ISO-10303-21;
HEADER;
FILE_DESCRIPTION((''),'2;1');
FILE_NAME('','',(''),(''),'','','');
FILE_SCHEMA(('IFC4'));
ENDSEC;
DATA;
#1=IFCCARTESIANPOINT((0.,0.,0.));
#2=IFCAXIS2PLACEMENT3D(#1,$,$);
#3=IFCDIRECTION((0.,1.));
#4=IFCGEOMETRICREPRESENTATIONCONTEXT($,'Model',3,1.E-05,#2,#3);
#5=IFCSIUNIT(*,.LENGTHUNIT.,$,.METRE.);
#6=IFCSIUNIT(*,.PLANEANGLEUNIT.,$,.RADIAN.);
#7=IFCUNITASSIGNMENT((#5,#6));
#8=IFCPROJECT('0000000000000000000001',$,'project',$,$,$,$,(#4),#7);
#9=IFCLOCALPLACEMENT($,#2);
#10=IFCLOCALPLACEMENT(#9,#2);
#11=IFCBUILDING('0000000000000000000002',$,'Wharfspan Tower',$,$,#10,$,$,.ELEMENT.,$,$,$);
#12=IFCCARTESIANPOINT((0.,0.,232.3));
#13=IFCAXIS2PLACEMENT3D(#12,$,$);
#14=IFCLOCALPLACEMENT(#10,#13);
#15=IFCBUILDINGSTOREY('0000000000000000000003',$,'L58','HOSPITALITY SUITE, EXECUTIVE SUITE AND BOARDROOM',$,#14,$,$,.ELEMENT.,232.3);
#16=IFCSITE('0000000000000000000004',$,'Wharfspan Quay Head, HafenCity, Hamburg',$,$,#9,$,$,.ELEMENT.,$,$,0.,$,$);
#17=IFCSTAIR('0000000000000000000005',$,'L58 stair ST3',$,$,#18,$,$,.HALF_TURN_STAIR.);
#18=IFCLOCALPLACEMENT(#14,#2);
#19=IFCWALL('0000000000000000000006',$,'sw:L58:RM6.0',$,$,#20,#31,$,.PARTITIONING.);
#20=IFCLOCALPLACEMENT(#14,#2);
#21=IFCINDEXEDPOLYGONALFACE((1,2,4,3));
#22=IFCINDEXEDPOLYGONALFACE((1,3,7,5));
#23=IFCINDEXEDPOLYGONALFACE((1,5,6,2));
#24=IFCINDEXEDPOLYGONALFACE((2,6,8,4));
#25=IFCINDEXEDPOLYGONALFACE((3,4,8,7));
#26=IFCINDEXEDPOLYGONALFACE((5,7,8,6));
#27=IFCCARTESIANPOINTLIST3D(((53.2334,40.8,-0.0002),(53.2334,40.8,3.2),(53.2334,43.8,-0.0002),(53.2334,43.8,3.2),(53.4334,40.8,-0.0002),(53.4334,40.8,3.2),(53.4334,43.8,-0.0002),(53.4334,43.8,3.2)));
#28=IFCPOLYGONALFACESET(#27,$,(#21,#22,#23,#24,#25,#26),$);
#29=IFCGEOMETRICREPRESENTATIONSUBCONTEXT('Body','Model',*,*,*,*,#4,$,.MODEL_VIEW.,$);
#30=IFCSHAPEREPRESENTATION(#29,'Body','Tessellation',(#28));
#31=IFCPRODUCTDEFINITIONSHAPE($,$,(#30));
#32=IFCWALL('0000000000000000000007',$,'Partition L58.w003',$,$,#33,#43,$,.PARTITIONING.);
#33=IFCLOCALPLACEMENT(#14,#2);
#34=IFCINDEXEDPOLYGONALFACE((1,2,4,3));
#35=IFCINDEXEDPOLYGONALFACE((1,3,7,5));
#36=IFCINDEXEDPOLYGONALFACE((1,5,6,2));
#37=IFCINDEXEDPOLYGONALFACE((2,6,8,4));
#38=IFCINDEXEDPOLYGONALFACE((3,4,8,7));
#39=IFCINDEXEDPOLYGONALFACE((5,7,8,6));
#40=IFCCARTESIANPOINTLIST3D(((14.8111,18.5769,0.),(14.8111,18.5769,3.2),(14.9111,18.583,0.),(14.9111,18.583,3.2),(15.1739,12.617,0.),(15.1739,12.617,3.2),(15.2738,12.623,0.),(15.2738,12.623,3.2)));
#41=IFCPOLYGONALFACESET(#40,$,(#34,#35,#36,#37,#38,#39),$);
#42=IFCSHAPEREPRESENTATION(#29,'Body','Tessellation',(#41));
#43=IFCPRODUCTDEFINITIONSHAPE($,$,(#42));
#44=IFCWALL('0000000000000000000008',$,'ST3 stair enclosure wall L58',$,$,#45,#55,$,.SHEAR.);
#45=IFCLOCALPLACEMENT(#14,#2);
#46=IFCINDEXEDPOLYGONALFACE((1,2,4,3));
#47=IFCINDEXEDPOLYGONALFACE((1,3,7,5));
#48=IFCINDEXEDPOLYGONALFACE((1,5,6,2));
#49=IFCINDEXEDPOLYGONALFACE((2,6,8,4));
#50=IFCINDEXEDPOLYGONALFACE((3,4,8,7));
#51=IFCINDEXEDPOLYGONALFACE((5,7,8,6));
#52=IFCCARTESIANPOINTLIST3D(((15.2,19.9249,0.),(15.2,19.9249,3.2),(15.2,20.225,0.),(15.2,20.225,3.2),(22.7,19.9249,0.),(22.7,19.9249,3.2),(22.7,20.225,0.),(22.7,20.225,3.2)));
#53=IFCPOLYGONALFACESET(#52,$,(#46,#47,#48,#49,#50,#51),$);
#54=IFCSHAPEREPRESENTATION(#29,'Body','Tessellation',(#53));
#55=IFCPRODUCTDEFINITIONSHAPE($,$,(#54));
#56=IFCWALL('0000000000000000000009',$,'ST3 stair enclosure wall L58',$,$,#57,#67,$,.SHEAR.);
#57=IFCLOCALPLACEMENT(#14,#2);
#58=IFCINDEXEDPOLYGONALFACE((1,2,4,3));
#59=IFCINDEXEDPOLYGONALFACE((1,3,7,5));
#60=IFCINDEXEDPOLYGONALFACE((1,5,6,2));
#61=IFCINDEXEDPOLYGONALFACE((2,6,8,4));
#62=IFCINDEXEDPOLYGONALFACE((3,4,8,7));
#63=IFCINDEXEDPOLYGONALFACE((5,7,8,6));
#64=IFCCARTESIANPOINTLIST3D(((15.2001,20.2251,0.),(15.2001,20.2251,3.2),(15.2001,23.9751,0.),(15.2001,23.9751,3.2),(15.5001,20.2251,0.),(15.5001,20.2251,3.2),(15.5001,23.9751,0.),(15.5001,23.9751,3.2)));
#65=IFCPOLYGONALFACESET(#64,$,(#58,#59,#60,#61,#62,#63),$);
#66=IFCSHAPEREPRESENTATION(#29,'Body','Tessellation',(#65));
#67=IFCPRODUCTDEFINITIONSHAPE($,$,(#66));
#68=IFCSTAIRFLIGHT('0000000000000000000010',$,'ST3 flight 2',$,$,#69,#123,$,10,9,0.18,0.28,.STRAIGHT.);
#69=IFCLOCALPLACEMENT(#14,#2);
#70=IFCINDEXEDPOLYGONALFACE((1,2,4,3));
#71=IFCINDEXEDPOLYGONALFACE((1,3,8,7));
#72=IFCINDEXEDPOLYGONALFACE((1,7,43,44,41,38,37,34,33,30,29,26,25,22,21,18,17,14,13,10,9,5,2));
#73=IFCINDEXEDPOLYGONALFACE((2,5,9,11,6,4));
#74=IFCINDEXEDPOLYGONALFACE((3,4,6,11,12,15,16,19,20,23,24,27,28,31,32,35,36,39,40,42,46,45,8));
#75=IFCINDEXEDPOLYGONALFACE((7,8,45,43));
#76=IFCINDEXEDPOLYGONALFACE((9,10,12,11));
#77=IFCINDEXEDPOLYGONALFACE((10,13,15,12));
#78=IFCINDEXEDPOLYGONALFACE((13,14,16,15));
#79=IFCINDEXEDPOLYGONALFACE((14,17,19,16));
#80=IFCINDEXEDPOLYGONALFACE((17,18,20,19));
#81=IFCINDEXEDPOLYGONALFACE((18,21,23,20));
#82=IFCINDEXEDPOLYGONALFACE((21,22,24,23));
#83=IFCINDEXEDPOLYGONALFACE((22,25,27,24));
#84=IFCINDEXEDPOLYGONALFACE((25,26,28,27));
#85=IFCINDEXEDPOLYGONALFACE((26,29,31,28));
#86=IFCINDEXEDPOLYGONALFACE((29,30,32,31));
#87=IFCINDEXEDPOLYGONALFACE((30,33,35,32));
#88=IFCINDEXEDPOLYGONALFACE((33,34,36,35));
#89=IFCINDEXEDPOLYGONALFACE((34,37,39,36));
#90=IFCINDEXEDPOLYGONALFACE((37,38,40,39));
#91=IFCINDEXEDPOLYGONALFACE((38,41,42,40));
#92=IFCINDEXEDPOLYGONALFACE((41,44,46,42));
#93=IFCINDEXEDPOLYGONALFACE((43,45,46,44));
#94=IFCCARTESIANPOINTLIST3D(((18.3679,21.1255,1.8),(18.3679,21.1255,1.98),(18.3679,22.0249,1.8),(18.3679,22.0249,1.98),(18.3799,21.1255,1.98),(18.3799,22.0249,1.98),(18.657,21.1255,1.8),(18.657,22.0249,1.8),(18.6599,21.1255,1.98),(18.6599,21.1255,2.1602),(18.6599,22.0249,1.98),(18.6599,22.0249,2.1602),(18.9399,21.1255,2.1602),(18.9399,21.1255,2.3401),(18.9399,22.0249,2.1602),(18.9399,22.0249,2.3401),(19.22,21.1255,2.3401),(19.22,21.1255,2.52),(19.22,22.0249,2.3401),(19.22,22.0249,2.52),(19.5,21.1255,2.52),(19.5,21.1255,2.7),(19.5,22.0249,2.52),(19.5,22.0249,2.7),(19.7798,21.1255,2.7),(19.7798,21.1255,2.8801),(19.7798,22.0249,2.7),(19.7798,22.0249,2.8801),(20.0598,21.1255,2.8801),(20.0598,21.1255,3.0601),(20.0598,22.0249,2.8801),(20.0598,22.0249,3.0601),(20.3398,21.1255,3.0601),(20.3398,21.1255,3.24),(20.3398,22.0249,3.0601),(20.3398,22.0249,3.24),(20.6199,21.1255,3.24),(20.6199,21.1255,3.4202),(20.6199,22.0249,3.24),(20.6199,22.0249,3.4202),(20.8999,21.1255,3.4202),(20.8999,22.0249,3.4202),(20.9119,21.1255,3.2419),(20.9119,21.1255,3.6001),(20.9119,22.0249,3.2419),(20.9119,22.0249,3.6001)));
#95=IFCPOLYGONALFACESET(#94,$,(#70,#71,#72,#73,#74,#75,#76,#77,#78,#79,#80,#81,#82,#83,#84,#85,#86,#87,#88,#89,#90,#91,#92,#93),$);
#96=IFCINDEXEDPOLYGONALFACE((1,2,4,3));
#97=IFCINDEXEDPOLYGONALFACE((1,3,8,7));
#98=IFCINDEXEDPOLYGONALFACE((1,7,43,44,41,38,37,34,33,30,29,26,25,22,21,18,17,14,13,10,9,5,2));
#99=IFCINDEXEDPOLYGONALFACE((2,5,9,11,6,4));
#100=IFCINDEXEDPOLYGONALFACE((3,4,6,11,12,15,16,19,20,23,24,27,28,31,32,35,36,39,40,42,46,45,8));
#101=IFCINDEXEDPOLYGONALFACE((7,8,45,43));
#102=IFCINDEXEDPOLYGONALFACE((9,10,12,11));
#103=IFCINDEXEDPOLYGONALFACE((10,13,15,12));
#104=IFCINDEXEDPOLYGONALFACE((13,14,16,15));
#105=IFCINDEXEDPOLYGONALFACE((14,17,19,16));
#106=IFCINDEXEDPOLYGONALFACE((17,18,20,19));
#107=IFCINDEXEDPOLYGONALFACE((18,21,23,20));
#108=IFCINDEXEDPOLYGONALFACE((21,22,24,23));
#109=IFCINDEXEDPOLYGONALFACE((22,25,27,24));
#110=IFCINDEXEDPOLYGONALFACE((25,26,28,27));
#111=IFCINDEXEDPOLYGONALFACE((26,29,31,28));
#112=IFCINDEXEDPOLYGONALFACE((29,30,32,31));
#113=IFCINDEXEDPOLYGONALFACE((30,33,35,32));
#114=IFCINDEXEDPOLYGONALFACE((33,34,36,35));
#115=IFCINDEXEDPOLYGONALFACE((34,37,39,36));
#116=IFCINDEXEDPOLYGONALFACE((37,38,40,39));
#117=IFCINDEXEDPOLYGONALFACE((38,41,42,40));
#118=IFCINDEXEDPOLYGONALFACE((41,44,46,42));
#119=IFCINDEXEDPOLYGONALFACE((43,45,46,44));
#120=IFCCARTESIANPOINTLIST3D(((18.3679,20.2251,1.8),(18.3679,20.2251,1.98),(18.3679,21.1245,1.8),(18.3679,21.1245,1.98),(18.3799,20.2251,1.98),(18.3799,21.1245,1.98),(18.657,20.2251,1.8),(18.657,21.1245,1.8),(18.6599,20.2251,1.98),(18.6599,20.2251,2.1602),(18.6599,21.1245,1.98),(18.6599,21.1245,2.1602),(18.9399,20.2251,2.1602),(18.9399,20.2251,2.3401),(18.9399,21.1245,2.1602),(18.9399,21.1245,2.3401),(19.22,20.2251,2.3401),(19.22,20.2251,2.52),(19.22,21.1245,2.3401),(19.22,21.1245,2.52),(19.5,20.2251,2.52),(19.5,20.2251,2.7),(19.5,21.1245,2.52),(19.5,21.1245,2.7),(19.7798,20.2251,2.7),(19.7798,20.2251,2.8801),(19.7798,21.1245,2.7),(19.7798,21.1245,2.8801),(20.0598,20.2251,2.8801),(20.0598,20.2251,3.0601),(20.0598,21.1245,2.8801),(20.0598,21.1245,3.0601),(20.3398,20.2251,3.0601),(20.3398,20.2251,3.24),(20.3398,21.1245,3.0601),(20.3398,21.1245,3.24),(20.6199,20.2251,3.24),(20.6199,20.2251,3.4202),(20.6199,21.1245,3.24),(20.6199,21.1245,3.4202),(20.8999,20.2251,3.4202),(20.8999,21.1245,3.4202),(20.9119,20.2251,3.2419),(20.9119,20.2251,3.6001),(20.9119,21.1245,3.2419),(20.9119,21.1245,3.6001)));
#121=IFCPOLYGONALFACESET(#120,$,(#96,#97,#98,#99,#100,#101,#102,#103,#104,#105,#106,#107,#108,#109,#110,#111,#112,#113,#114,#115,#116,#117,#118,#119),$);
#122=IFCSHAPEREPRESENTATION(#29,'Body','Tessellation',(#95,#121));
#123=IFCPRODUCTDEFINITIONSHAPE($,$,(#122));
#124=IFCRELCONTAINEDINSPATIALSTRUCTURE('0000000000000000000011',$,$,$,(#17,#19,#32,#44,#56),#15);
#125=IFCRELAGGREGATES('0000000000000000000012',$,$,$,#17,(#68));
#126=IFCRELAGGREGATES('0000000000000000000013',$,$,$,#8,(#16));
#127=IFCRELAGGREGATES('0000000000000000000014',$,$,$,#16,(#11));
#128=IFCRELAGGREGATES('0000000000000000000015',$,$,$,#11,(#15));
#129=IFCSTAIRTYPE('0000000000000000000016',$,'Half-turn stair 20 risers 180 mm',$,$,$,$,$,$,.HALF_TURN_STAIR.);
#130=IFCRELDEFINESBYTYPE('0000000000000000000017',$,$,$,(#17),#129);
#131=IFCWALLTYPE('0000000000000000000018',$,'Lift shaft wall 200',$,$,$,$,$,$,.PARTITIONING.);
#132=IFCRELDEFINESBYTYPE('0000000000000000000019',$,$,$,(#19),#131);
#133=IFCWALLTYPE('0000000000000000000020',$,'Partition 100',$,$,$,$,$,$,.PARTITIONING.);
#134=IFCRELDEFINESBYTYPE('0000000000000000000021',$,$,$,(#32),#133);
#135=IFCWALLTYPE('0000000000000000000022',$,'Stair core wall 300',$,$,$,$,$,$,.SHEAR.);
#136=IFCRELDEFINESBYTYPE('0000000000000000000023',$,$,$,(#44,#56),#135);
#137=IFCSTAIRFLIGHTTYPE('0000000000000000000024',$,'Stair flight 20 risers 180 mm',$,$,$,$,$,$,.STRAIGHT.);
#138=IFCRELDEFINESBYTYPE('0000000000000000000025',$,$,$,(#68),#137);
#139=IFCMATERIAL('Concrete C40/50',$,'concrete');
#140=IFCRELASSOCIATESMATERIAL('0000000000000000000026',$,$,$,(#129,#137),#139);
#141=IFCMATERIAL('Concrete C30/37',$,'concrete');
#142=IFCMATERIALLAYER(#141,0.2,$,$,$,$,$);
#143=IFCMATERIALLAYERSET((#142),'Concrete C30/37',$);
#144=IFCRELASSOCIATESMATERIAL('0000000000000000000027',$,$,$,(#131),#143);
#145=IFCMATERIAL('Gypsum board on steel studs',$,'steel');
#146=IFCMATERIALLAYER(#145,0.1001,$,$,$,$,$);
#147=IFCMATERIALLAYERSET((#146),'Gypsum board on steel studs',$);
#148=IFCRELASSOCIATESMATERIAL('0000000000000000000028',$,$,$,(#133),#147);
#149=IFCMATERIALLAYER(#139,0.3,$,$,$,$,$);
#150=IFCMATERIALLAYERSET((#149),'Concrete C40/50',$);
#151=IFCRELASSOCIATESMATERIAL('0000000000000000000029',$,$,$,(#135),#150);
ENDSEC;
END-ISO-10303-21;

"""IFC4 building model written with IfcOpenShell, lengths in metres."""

from ifc_helpers import new_model, si_unit, direction, frame, frame_2d, origin, place, context, subcontext, project, spatial, polyline, rectangle, outline, extrude, material, layer, layer_set, type_object, element, aggregate, save


model = new_model("IFC4")

# Units and contexts
model_context = context("Model", 3, precision=1e-05, world=origin(), true_north=direction((0.0, 1.0)))
body_context = subcontext(model_context, "Body", "Model", "MODEL_VIEW")
ifc_project = project(units=[si_unit("LENGTHUNIT", "METRE"), si_unit("PLANEANGLEUNIT", "RADIAN")], contexts=[model_context])

# Site, building, storey
site_placement = place(None, origin())
site = spatial("IfcSite", under=ifc_project, at=site_placement, Name="Wharfspan Quay Head, HafenCity, Hamburg", CompositionType="ELEMENT", RefElevation=0.0)
building_placement = place(site_placement, origin())
building = spatial("IfcBuilding", under=site, at=building_placement, Name="Wharfspan Tower", CompositionType="ELEMENT")
storey_placement = place(building_placement, frame((0.0, 0.0, 232.3)))
storey = spatial("IfcBuildingStorey", under=building, at=storey_placement, Name="L58", Description="HOSPITALITY SUITE, EXECUTIVE SUITE AND BOARDROOM", CompositionType="ELEMENT", Elevation=232.3)

# Shared definitions
ifc_material_1 = material(Name="Concrete C40/50", Category="concrete")

# Stair
stair_type = type_object("IfcStairType", Name="Half-turn stair 20 risers 180 mm", PredefinedType="HALF_TURN_STAIR", material=ifc_material_1)
stair_1_placement = place(storey_placement, origin())
stair_1 = element("IfcStair", 1, at=stair_1_placement, inside=storey, type_object=stair_type, Name="L58 stair ST3", PredefinedType="HALF_TURN_STAIR")

# Walls
ifc_material_2 = material(Name="Concrete C30/37", Category="concrete")
ifc_layer_1 = layer(ifc_material_2, 0.2)
ifc_layer_set_1 = layer_set([ifc_layer_1], Name="Concrete C30/37")
wall_type_1 = type_object("IfcWallType", Name="Lift shaft wall 200", PredefinedType="PARTITIONING", material=ifc_layer_set_1)
wall_1_placement = place(storey_placement, frame((0.0, 0.0, -0.0002)))
element("IfcWall", 2, at=wall_1_placement, inside=storey, type_object=wall_type_1, Name="sw:L58:RM6.0", PredefinedType="PARTITIONING", context=body_context, shape_type="SweptSolid", body=[
    extrude(outline(polyline([(53.4333, 40.8), (53.4333, 43.8), (53.2334, 43.8), (53.2334, 40.8), (53.4333, 40.8)])), origin(), (0.0, 0.0, 1.0), 3.2002),
])
ifc_material_3 = material(Name="Gypsum board on steel studs", Category="steel")
ifc_layer_2 = layer(ifc_material_3, 0.1001)
ifc_layer_set_2 = layer_set([ifc_layer_2], Name="Gypsum board on steel studs")
wall_type_2 = type_object("IfcWallType", Name="Partition 100", PredefinedType="PARTITIONING", material=ifc_layer_set_2)
wall_2_placement = place(storey_placement, frame((15.2239, 12.6201, 0.0), z_axis=(0.0, 0.0, 1.0), x_axis=(-0.060759, 0.998149, 0.0)))
element("IfcWall", 3, at=wall_2_placement, inside=storey, type_object=wall_type_2, Name="Partition L58.w003", PredefinedType="PARTITIONING", context=body_context, shape_type="SweptSolid", body=[
    extrude(rectangle(XDim=5.9709, YDim=0.1001, at=frame_2d((2.9854, 0.0))), origin(), (0.0, 0.0, 1.0), 3.2),
])
ifc_layer_3 = layer(ifc_material_1, 0.3)
ifc_layer_set_3 = layer_set([ifc_layer_3], Name="Concrete C40/50")
wall_type_3 = type_object("IfcWallType", Name="Stair core wall 300", PredefinedType="SHEAR", material=ifc_layer_set_3)
wall_3_placement = place(storey_placement, frame((15.2, 20.075, 0.0), z_axis=(0.0, 0.0, 1.0), x_axis=(1.0, 0.0, 0.0)))
element("IfcWall", 4, at=wall_3_placement, inside=storey, type_object=wall_type_3, Name="ST3 stair enclosure wall L58", PredefinedType="SHEAR", context=body_context, shape_type="SweptSolid", body=[
    extrude(rectangle(XDim=7.5, YDim=0.3, at=frame_2d((3.75, 0.0))), origin(), (0.0, 0.0, 1.0), 3.2),
])
wall_4_placement = place(storey_placement, frame((15.3501, 20.2251, 0.0), z_axis=(0.0, 0.0, 1.0), x_axis=(0.0, 1.0, 0.0)))
element("IfcWall", 5, at=wall_4_placement, inside=storey, type_object=wall_type_3, Name="ST3 stair enclosure wall L58", PredefinedType="SHEAR", context=body_context, shape_type="SweptSolid", body=[
    extrude(rectangle(XDim=3.75, YDim=0.3, at=frame_2d((1.875, 0.0))), origin(), (0.0, 0.0, 1.0), 3.2),
])

# Stair flight
stair_flight_type = type_object("IfcStairFlightType", Name="Stair flight 20 risers 180 mm", PredefinedType="STRAIGHT", material=ifc_material_1)
stair_flight_placement = place(storey_placement, frame((18.3799, 21.125, 1.8), z_axis=(0.0, 0.0, 1.0), x_axis=(1.0, 0.0, 0.0)))
stair_flight = element("IfcStairFlight", 6, at=stair_flight_placement, type_object=stair_flight_type, Name="ST3 flight 2", NumberOfRisers=10, NumberOfTreads=9, PredefinedType="STRAIGHT", RiserHeight=0.18, TreadLength=0.28, context=body_context, shape_type="SweptSolid", body=[
    extrude(outline(polyline([(-0.012, 0.0), (-0.012, 0.1799), (0.0, 0.1799), (0.28, 0.1799), (0.28, 0.3601), (0.5601, 0.3601), (0.5601, 0.54), (0.8401, 0.54), (0.8401, 0.72), (1.1201, 0.72), (1.1201, 0.8999), (1.3999, 0.8999), (1.3999, 1.0801), (1.6799, 1.0801), (1.6799, 1.26), (1.96, 1.26), (1.96, 1.4399), (2.24, 1.4399), (2.24, 1.6201), (2.52, 1.6201), (2.532, 1.8), (2.532, 1.4419), (0.2771, 0.0), (-0.012, 0.0)])), frame((0.0, 0.8999, 0.0), z_axis=(0.0, -1.0, 0.0), x_axis=(1.0, 0.0, 0.0)), (0.0, 0.0, 1.0), 0.8994),
    extrude(outline(polyline([(-0.012, 0.0), (-0.012, 0.1799), (0.0, 0.1799), (0.28, 0.1799), (0.28, 0.3601), (0.5601, 0.3601), (0.5601, 0.54), (0.8401, 0.54), (0.8401, 0.72), (1.1201, 0.72), (1.1201, 0.8999), (1.3999, 0.8999), (1.3999, 1.0801), (1.6799, 1.0801), (1.6799, 1.26), (1.96, 1.26), (1.96, 1.4399), (2.24, 1.4399), (2.24, 1.6201), (2.52, 1.6201), (2.532, 1.8), (2.532, 1.4419), (0.2771, 0.0), (-0.012, 0.0)])), frame((0.0, -0.0005, 0.0), z_axis=(0.0, -1.0, 0.0), x_axis=(1.0, 0.0, 0.0)), (0.0, 0.0, 1.0), 0.8994),
])
aggregate(stair_1, [stair_flight])

save(model, "model.ifc")
